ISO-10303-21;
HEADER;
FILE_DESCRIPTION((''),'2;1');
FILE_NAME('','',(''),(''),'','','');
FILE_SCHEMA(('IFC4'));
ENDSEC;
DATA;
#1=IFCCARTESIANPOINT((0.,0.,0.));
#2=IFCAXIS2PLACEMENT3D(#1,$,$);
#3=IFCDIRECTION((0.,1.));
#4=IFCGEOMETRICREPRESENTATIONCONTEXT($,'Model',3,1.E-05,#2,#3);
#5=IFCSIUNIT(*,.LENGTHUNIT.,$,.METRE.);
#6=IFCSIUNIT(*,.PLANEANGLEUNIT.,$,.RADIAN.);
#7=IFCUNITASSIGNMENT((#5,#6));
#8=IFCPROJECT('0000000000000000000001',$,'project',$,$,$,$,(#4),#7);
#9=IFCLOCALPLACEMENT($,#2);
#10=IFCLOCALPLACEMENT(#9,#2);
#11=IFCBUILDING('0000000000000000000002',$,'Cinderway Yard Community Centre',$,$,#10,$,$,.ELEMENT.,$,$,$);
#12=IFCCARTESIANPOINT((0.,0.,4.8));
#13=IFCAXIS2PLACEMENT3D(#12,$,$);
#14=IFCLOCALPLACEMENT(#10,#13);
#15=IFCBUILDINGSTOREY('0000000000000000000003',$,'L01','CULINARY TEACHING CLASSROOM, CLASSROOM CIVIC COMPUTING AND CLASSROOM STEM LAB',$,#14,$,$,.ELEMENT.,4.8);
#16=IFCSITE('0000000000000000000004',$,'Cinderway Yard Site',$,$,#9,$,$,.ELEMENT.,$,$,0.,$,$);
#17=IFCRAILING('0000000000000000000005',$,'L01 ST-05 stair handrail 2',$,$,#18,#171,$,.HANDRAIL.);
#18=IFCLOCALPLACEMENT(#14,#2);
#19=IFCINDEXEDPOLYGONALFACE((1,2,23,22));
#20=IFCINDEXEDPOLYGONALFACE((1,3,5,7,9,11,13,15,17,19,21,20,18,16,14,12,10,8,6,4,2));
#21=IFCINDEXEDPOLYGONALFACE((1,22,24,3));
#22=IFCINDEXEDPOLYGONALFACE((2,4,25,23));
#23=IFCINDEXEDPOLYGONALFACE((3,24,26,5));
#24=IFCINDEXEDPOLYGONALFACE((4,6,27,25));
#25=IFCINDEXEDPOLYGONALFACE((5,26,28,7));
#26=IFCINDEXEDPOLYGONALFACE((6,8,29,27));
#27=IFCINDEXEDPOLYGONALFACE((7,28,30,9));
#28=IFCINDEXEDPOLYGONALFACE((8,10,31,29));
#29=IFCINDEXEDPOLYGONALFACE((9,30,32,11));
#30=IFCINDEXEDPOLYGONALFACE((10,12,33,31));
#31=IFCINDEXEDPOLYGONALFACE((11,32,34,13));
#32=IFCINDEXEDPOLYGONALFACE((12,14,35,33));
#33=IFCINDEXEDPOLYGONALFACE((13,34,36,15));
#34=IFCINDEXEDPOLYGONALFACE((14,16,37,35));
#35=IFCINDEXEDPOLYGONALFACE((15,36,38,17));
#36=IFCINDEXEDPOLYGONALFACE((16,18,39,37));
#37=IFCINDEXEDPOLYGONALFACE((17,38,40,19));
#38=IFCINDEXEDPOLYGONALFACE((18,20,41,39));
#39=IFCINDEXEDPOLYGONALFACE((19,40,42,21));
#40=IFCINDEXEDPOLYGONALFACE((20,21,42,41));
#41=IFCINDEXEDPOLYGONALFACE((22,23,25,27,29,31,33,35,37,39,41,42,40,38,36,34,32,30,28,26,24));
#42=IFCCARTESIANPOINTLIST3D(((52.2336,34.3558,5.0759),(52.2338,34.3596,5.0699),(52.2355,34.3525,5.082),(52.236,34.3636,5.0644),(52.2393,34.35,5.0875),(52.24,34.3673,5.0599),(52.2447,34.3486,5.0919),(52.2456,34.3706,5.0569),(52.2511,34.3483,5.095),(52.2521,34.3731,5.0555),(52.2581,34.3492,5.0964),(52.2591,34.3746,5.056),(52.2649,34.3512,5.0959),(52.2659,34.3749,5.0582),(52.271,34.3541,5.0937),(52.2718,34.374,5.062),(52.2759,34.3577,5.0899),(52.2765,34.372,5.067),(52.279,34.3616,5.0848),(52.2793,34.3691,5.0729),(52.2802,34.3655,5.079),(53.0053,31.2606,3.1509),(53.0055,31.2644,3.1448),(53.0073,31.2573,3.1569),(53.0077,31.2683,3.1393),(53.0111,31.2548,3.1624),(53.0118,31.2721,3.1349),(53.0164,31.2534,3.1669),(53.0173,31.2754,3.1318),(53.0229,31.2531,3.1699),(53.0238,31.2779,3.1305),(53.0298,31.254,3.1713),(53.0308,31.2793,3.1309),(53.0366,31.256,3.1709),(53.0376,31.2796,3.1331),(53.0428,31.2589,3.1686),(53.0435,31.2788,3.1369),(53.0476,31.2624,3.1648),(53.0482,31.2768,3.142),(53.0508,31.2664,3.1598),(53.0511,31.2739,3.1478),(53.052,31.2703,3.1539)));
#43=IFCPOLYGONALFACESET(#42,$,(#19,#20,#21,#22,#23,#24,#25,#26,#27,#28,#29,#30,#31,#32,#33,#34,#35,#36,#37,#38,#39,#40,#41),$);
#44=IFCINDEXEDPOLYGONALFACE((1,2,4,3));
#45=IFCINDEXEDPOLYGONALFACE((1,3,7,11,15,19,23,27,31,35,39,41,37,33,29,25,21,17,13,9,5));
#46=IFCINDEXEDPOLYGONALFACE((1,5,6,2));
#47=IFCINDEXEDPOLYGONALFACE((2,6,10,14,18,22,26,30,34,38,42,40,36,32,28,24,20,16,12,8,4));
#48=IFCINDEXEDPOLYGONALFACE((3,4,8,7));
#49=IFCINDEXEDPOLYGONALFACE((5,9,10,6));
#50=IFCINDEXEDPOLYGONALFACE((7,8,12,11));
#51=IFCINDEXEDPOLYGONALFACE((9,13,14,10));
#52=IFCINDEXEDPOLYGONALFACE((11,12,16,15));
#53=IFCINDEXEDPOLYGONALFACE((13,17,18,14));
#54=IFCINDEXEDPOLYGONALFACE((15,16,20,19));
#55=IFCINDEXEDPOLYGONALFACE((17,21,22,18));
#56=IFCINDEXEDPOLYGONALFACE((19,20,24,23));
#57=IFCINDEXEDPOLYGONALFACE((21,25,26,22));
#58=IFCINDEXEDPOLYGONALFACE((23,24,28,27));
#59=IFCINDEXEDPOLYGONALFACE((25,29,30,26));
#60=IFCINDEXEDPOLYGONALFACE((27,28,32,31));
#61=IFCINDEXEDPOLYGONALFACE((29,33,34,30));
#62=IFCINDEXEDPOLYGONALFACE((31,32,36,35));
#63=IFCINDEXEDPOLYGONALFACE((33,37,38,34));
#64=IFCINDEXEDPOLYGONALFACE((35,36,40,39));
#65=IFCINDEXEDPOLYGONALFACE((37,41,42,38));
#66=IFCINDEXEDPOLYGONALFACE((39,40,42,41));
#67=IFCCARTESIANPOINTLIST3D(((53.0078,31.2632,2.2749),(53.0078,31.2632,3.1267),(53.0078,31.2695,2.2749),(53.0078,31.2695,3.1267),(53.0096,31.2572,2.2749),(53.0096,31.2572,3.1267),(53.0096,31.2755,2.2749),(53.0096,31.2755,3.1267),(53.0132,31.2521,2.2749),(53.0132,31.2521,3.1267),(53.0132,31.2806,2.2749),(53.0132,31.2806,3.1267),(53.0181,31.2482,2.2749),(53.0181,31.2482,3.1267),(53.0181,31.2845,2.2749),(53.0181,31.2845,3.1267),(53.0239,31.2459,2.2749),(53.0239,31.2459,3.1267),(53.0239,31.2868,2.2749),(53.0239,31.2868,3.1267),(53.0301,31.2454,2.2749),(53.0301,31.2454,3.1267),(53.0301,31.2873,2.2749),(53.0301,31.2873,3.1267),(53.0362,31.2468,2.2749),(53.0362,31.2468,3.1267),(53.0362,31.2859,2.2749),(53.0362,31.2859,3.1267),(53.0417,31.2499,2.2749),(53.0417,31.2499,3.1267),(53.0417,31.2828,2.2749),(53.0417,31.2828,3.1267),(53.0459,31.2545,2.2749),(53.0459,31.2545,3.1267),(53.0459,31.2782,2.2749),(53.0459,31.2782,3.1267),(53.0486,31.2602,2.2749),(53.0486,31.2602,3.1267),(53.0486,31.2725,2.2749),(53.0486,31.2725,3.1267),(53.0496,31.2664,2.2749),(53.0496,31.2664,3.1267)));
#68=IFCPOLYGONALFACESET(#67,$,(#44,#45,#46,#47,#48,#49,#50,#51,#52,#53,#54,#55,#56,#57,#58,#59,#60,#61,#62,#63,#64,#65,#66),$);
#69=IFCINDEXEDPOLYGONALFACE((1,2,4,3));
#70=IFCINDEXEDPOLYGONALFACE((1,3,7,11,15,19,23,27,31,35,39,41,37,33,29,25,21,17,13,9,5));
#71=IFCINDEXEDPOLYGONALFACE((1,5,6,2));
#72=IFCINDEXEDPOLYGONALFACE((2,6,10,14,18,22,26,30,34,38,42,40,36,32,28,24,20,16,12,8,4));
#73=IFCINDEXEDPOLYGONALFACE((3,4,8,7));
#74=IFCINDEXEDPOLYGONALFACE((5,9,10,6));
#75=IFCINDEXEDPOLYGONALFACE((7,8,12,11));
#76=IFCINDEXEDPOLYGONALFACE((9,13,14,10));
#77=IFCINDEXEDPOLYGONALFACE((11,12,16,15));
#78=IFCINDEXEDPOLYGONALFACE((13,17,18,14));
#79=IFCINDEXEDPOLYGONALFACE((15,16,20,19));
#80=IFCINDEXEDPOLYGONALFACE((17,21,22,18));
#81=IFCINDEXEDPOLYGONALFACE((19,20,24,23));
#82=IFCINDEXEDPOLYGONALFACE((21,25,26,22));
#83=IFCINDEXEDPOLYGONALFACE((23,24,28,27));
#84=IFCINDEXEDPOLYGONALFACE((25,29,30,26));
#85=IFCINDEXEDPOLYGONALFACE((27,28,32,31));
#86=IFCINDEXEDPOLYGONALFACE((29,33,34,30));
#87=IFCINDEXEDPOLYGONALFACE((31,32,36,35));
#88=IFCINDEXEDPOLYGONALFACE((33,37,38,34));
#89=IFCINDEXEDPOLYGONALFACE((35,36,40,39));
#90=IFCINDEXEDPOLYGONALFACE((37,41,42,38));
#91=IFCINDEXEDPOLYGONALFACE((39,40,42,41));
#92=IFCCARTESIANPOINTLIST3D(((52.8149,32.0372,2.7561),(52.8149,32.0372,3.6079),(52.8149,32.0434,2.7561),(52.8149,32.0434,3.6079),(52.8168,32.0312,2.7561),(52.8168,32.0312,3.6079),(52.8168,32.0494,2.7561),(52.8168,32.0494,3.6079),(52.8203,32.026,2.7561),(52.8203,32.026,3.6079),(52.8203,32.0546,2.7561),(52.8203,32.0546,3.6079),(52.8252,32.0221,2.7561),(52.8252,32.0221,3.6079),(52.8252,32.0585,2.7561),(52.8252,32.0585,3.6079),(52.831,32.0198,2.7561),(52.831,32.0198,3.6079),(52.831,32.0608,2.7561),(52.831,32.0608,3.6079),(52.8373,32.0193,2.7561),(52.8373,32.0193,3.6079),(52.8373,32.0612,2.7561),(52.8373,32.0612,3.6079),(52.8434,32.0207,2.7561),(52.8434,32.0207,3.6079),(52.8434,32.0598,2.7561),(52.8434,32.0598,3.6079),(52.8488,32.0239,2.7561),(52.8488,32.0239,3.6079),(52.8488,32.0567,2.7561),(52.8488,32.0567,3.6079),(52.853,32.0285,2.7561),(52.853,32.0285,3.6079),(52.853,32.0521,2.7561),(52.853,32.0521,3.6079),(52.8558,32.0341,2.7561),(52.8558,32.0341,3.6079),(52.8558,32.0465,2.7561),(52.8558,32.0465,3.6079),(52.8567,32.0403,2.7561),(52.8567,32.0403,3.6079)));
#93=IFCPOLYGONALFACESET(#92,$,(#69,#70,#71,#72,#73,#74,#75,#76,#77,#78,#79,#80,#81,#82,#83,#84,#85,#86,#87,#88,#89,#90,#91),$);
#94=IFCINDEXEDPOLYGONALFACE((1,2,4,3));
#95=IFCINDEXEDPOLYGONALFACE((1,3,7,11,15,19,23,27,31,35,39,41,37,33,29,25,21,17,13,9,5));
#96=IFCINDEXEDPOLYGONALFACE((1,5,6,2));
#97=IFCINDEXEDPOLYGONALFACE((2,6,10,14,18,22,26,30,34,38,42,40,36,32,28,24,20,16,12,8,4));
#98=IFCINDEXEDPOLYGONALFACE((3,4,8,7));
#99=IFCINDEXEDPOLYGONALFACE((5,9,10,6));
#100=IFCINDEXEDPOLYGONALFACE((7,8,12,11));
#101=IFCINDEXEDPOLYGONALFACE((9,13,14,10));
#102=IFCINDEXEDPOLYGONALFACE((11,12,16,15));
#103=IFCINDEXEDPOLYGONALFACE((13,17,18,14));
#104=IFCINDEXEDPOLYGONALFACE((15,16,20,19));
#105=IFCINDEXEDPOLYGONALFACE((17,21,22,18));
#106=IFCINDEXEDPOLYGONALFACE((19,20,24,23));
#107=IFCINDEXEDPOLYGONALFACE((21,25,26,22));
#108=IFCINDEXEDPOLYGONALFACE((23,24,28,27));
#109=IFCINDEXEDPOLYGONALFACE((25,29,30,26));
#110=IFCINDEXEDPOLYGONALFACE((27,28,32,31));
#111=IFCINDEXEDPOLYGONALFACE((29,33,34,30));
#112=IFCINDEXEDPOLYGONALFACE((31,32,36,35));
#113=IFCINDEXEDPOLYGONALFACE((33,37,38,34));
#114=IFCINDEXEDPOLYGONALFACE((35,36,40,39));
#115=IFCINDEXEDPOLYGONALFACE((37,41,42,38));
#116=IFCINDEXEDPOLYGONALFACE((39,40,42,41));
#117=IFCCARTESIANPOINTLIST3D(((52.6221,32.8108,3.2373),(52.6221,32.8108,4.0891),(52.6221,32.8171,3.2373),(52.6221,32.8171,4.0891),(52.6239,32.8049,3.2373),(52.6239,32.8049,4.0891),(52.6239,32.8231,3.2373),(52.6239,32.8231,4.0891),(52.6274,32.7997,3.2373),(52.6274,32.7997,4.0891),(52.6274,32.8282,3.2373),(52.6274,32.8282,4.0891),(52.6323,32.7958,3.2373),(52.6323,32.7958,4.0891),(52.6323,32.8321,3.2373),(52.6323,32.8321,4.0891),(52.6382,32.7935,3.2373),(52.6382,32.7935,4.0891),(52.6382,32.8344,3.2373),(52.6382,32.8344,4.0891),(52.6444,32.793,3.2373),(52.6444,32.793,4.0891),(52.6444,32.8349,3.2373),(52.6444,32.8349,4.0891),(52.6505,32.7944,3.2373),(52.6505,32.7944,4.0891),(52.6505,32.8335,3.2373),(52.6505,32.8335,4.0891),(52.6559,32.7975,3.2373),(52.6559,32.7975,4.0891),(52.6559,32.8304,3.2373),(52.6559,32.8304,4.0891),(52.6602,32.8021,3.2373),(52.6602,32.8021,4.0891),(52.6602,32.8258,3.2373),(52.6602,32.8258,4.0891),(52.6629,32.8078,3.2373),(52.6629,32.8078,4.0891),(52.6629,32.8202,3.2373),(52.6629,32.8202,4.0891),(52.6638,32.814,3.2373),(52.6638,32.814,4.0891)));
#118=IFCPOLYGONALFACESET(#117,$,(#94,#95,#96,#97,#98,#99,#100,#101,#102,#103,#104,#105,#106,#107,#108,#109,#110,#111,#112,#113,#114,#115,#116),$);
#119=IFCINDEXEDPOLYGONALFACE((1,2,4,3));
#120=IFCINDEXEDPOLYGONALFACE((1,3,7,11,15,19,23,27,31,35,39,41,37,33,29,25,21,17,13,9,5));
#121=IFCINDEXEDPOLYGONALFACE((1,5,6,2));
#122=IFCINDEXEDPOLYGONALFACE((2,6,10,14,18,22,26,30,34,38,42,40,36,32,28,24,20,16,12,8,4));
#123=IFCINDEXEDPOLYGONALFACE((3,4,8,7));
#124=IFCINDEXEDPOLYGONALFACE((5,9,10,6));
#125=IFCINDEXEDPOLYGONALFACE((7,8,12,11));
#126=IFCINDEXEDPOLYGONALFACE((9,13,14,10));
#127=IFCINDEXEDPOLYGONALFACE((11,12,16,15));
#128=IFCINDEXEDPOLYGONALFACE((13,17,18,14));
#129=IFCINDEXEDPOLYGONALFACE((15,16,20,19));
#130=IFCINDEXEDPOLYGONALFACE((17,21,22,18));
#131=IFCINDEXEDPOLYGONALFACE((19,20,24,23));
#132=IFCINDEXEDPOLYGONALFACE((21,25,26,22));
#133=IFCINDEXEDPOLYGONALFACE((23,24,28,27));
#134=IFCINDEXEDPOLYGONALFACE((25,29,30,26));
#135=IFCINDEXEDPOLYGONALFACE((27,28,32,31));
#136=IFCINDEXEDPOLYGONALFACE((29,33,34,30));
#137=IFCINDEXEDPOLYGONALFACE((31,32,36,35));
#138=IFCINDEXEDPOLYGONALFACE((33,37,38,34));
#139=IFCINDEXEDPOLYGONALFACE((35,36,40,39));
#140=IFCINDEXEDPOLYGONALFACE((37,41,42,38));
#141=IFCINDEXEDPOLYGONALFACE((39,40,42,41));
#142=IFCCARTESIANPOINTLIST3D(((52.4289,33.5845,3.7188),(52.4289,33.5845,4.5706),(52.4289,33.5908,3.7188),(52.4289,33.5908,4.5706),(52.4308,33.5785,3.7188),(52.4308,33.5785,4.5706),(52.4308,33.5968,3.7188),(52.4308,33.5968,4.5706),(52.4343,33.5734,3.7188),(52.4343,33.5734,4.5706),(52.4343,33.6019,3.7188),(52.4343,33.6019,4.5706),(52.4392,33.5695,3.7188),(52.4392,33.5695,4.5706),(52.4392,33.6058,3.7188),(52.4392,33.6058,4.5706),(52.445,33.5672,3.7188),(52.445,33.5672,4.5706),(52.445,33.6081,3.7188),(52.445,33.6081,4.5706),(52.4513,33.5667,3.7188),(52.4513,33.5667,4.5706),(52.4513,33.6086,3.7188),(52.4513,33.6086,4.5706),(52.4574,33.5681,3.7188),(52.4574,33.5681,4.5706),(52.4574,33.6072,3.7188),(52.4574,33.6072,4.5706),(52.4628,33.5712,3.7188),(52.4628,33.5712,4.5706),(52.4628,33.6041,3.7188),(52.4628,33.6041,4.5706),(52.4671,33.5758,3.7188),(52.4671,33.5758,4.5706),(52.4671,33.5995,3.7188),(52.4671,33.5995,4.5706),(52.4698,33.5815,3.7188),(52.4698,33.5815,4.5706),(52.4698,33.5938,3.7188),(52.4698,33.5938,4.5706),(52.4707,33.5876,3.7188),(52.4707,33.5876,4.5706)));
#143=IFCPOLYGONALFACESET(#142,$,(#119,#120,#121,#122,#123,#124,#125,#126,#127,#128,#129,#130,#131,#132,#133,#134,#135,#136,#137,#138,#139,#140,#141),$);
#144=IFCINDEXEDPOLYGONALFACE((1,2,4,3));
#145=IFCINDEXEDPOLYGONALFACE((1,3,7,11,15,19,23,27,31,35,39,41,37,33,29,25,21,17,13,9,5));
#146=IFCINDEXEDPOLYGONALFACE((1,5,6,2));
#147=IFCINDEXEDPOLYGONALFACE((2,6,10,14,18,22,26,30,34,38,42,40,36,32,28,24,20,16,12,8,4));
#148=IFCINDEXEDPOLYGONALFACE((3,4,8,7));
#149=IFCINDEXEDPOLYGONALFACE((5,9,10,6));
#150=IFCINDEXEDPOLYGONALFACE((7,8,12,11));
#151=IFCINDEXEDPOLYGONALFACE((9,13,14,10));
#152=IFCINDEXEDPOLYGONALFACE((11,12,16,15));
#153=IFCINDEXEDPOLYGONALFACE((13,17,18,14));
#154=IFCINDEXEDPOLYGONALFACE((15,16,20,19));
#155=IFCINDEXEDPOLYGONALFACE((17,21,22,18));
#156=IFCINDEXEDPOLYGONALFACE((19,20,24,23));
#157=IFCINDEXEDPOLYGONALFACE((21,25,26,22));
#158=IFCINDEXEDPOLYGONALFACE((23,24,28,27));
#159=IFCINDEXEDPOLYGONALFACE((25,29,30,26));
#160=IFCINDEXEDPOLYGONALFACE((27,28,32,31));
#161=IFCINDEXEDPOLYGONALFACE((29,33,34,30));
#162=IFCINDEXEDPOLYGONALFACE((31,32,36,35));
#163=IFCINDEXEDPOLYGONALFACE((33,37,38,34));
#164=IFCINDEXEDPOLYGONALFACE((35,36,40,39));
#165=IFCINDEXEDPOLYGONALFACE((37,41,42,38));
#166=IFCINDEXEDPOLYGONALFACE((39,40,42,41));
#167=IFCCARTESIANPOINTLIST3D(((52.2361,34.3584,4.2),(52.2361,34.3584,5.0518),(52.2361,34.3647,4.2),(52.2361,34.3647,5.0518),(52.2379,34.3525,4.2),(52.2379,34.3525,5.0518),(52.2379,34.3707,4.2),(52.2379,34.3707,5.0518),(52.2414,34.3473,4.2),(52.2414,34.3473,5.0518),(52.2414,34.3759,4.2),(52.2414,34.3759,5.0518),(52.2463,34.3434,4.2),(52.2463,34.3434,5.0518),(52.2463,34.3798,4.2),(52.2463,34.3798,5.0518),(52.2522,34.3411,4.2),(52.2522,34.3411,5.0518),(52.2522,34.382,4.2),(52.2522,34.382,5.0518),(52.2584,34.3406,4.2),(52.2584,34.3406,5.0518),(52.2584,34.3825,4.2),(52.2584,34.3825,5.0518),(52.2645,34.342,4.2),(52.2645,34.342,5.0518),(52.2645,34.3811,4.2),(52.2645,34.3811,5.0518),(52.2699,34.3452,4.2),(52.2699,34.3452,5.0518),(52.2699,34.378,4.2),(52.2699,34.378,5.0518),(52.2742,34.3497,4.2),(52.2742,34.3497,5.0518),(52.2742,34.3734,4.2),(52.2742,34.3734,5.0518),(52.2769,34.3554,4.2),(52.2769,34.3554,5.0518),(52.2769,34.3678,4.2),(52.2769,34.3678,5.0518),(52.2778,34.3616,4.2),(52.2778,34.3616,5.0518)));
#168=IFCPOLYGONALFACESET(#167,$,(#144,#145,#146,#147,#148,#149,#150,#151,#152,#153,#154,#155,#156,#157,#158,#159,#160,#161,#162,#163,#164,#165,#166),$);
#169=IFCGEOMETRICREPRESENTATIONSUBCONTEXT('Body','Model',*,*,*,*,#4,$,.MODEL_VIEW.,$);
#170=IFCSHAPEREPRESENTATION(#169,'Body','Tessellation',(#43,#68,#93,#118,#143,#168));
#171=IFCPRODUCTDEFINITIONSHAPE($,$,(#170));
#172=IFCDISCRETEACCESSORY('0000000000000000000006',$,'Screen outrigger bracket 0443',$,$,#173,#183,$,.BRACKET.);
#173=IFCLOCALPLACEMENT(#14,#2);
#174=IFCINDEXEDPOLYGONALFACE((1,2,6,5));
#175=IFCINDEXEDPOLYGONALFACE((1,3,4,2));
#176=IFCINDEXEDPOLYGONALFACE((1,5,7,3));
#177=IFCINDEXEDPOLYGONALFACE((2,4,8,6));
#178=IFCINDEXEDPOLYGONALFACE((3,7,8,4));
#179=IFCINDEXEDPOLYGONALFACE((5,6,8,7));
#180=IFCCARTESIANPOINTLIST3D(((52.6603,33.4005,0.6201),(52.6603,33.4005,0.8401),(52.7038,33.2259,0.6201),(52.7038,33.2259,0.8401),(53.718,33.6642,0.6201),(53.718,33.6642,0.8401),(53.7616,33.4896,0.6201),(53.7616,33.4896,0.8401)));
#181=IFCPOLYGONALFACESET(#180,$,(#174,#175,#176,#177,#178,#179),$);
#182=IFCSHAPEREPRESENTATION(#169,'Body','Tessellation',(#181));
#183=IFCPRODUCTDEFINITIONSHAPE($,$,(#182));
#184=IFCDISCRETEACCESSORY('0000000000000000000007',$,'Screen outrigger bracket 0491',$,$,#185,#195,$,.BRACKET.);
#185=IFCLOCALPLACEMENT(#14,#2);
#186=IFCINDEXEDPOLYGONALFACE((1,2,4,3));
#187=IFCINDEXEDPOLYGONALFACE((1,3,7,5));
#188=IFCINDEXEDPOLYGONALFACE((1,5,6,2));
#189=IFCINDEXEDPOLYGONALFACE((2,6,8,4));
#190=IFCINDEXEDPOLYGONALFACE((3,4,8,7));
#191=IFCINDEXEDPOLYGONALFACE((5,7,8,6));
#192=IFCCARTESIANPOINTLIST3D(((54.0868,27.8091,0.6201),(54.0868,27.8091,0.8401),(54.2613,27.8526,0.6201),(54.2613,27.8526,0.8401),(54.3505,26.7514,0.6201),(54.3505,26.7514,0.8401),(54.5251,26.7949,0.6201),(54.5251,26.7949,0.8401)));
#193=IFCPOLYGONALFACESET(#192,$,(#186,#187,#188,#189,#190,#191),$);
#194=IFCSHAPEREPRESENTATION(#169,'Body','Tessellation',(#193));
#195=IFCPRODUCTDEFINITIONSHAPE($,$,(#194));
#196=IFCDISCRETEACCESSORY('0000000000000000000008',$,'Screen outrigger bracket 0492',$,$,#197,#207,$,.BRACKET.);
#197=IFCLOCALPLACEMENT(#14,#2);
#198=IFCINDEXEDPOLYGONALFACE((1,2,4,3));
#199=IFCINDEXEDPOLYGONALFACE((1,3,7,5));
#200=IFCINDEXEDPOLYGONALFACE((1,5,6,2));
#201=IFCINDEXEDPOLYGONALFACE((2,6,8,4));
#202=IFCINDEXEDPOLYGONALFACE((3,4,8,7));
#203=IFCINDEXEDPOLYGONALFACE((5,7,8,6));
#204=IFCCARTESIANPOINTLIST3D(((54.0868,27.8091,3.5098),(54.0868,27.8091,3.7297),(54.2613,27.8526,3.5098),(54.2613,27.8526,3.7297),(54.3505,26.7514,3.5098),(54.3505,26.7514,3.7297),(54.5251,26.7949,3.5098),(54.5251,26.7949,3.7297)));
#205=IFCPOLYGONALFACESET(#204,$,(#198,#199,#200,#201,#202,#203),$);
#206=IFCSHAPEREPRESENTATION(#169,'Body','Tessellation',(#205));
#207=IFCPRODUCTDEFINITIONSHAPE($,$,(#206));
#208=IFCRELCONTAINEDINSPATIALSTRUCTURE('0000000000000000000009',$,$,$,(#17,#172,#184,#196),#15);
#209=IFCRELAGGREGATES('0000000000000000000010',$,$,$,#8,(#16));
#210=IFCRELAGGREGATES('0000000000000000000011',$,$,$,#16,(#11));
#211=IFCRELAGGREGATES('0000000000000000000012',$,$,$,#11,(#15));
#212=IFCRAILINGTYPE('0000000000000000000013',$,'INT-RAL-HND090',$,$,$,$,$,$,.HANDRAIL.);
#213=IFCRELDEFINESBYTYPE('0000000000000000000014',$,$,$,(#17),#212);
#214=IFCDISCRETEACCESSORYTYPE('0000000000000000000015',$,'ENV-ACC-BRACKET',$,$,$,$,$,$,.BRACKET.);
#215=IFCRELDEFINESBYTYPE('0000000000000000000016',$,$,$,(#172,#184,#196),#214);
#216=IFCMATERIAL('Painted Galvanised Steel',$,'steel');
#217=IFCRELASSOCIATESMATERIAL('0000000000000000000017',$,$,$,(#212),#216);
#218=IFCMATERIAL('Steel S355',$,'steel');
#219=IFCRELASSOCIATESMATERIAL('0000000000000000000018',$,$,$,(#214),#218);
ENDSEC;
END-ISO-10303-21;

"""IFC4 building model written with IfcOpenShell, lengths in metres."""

from ifc_helpers import new_model, si_unit, direction, frame, origin, origin_2d, place, context, subcontext, project, spatial, rectangle, circle, extrude, material, type_object, element, save


model = new_model("IFC4")

# Units and contexts
model_context = context("Model", 3, precision=1e-05, world=origin(), true_north=direction((0.0, 1.0)))
body_context = subcontext(model_context, "Body", "Model", "MODEL_VIEW")
ifc_project = project(units=[si_unit("LENGTHUNIT", "METRE"), si_unit("PLANEANGLEUNIT", "RADIAN")], contexts=[model_context])

# Site, building, storey
site_placement = place(None, origin())
site = spatial("IfcSite", under=ifc_project, at=site_placement, Name="Cinderway Yard Site", CompositionType="ELEMENT", RefElevation=0.0)
building_placement = place(site_placement, origin())
building = spatial("IfcBuilding", under=site, at=building_placement, Name="Cinderway Yard Community Centre", CompositionType="ELEMENT")
storey_placement = place(building_placement, frame((0.0, 0.0, 4.8)))
storey = spatial("IfcBuildingStorey", under=building, at=storey_placement, Name="L01", Description="CULINARY TEACHING CLASSROOM, CLASSROOM CIVIC COMPUTING AND CLASSROOM STEM LAB", CompositionType="ELEMENT", Elevation=4.8)

# Shared definitions
ifc_material_1 = material(Name="Steel S355", Category="steel")

# Railing
ifc_material_2 = material(Name="Painted Galvanised Steel", Category="steel")
railing_type = type_object("IfcRailingType", Name="INT-RAL-HND090", PredefinedType="HANDRAIL", material=ifc_material_2)
railing_placement = place(storey_placement, frame((53.0286, 31.2664, 2.2749)))
element("IfcRailing", 1, at=railing_placement, inside=storey, type_object=railing_type, Name="L01 ST-05 stair handrail 2", PredefinedType="HANDRAIL", context=body_context, shape_type="SweptSolid", body=[
    extrude(circle(Radius=0.0239, at=origin_2d()), frame((0.0, 0.0, 0.876), z_axis=(-0.20713, 0.830747, 0.516678), x_axis=(-0.970295, -0.241923, 0.0)), (0.0, 0.0, 1.0), 3.7258),
    extrude(circle(Radius=0.021, at=origin_2d()), origin(), (0.0, 0.0, 1.0), 0.8518),
    extrude(circle(Radius=0.021, at=origin_2d()), frame((-0.1929, 0.7739, 0.4812)), (0.0, 0.0, 1.0), 0.8518),
    extrude(circle(Radius=0.021, at=origin_2d()), frame((-0.3857, 1.5476, 0.9624)), (0.0, 0.0, 1.0), 0.8518),
    extrude(circle(Radius=0.021, at=origin_2d()), frame((-0.5789, 2.3213, 1.4438)), (0.0, 0.0, 1.0), 0.8518),
    extrude(circle(Radius=0.021, at=origin_2d()), frame((-0.7717, 3.0952, 1.925)), (0.0, 0.0, 1.0), 0.8518),
])

# Discrete accessories
discrete_accessory_type = type_object("IfcDiscreteAccessoryType", Name="ENV-ACC-BRACKET", PredefinedType="BRACKET", material=ifc_material_1)
for number, where, z_axis, x_axis, name in (
    (2, (53.2109, 33.4451, 0.6201), (0.0, 0.0, 1.0), (0.970296, 0.241922, 0.0), "Screen outrigger bracket 0443"),
    (3, (54.3059, 27.302, 0.6201), (0.0, 0.0, 1.0), (0.241922, -0.970296, 0.0), "Screen outrigger bracket 0491"),
    (4, (54.3059, 27.302, 3.5098), (0.0, 0.0, 1.0), (0.241922, -0.970296, 0.0), "Screen outrigger bracket 0492"),
):
    element("IfcDiscreteAccessory", number, at=place(storey_placement, frame(where, z_axis=z_axis, x_axis=x_axis)), inside=storey, type_object=discrete_accessory_type, Name=name, PredefinedType="BRACKET", context=body_context, shape_type="SweptSolid", body=[
        extrude(rectangle(XDim=1.0901, YDim=0.1799, at=origin_2d()), origin(), (0.0, 0.0, 1.0), 0.22),
    ])

save(model, "model.ifc")
